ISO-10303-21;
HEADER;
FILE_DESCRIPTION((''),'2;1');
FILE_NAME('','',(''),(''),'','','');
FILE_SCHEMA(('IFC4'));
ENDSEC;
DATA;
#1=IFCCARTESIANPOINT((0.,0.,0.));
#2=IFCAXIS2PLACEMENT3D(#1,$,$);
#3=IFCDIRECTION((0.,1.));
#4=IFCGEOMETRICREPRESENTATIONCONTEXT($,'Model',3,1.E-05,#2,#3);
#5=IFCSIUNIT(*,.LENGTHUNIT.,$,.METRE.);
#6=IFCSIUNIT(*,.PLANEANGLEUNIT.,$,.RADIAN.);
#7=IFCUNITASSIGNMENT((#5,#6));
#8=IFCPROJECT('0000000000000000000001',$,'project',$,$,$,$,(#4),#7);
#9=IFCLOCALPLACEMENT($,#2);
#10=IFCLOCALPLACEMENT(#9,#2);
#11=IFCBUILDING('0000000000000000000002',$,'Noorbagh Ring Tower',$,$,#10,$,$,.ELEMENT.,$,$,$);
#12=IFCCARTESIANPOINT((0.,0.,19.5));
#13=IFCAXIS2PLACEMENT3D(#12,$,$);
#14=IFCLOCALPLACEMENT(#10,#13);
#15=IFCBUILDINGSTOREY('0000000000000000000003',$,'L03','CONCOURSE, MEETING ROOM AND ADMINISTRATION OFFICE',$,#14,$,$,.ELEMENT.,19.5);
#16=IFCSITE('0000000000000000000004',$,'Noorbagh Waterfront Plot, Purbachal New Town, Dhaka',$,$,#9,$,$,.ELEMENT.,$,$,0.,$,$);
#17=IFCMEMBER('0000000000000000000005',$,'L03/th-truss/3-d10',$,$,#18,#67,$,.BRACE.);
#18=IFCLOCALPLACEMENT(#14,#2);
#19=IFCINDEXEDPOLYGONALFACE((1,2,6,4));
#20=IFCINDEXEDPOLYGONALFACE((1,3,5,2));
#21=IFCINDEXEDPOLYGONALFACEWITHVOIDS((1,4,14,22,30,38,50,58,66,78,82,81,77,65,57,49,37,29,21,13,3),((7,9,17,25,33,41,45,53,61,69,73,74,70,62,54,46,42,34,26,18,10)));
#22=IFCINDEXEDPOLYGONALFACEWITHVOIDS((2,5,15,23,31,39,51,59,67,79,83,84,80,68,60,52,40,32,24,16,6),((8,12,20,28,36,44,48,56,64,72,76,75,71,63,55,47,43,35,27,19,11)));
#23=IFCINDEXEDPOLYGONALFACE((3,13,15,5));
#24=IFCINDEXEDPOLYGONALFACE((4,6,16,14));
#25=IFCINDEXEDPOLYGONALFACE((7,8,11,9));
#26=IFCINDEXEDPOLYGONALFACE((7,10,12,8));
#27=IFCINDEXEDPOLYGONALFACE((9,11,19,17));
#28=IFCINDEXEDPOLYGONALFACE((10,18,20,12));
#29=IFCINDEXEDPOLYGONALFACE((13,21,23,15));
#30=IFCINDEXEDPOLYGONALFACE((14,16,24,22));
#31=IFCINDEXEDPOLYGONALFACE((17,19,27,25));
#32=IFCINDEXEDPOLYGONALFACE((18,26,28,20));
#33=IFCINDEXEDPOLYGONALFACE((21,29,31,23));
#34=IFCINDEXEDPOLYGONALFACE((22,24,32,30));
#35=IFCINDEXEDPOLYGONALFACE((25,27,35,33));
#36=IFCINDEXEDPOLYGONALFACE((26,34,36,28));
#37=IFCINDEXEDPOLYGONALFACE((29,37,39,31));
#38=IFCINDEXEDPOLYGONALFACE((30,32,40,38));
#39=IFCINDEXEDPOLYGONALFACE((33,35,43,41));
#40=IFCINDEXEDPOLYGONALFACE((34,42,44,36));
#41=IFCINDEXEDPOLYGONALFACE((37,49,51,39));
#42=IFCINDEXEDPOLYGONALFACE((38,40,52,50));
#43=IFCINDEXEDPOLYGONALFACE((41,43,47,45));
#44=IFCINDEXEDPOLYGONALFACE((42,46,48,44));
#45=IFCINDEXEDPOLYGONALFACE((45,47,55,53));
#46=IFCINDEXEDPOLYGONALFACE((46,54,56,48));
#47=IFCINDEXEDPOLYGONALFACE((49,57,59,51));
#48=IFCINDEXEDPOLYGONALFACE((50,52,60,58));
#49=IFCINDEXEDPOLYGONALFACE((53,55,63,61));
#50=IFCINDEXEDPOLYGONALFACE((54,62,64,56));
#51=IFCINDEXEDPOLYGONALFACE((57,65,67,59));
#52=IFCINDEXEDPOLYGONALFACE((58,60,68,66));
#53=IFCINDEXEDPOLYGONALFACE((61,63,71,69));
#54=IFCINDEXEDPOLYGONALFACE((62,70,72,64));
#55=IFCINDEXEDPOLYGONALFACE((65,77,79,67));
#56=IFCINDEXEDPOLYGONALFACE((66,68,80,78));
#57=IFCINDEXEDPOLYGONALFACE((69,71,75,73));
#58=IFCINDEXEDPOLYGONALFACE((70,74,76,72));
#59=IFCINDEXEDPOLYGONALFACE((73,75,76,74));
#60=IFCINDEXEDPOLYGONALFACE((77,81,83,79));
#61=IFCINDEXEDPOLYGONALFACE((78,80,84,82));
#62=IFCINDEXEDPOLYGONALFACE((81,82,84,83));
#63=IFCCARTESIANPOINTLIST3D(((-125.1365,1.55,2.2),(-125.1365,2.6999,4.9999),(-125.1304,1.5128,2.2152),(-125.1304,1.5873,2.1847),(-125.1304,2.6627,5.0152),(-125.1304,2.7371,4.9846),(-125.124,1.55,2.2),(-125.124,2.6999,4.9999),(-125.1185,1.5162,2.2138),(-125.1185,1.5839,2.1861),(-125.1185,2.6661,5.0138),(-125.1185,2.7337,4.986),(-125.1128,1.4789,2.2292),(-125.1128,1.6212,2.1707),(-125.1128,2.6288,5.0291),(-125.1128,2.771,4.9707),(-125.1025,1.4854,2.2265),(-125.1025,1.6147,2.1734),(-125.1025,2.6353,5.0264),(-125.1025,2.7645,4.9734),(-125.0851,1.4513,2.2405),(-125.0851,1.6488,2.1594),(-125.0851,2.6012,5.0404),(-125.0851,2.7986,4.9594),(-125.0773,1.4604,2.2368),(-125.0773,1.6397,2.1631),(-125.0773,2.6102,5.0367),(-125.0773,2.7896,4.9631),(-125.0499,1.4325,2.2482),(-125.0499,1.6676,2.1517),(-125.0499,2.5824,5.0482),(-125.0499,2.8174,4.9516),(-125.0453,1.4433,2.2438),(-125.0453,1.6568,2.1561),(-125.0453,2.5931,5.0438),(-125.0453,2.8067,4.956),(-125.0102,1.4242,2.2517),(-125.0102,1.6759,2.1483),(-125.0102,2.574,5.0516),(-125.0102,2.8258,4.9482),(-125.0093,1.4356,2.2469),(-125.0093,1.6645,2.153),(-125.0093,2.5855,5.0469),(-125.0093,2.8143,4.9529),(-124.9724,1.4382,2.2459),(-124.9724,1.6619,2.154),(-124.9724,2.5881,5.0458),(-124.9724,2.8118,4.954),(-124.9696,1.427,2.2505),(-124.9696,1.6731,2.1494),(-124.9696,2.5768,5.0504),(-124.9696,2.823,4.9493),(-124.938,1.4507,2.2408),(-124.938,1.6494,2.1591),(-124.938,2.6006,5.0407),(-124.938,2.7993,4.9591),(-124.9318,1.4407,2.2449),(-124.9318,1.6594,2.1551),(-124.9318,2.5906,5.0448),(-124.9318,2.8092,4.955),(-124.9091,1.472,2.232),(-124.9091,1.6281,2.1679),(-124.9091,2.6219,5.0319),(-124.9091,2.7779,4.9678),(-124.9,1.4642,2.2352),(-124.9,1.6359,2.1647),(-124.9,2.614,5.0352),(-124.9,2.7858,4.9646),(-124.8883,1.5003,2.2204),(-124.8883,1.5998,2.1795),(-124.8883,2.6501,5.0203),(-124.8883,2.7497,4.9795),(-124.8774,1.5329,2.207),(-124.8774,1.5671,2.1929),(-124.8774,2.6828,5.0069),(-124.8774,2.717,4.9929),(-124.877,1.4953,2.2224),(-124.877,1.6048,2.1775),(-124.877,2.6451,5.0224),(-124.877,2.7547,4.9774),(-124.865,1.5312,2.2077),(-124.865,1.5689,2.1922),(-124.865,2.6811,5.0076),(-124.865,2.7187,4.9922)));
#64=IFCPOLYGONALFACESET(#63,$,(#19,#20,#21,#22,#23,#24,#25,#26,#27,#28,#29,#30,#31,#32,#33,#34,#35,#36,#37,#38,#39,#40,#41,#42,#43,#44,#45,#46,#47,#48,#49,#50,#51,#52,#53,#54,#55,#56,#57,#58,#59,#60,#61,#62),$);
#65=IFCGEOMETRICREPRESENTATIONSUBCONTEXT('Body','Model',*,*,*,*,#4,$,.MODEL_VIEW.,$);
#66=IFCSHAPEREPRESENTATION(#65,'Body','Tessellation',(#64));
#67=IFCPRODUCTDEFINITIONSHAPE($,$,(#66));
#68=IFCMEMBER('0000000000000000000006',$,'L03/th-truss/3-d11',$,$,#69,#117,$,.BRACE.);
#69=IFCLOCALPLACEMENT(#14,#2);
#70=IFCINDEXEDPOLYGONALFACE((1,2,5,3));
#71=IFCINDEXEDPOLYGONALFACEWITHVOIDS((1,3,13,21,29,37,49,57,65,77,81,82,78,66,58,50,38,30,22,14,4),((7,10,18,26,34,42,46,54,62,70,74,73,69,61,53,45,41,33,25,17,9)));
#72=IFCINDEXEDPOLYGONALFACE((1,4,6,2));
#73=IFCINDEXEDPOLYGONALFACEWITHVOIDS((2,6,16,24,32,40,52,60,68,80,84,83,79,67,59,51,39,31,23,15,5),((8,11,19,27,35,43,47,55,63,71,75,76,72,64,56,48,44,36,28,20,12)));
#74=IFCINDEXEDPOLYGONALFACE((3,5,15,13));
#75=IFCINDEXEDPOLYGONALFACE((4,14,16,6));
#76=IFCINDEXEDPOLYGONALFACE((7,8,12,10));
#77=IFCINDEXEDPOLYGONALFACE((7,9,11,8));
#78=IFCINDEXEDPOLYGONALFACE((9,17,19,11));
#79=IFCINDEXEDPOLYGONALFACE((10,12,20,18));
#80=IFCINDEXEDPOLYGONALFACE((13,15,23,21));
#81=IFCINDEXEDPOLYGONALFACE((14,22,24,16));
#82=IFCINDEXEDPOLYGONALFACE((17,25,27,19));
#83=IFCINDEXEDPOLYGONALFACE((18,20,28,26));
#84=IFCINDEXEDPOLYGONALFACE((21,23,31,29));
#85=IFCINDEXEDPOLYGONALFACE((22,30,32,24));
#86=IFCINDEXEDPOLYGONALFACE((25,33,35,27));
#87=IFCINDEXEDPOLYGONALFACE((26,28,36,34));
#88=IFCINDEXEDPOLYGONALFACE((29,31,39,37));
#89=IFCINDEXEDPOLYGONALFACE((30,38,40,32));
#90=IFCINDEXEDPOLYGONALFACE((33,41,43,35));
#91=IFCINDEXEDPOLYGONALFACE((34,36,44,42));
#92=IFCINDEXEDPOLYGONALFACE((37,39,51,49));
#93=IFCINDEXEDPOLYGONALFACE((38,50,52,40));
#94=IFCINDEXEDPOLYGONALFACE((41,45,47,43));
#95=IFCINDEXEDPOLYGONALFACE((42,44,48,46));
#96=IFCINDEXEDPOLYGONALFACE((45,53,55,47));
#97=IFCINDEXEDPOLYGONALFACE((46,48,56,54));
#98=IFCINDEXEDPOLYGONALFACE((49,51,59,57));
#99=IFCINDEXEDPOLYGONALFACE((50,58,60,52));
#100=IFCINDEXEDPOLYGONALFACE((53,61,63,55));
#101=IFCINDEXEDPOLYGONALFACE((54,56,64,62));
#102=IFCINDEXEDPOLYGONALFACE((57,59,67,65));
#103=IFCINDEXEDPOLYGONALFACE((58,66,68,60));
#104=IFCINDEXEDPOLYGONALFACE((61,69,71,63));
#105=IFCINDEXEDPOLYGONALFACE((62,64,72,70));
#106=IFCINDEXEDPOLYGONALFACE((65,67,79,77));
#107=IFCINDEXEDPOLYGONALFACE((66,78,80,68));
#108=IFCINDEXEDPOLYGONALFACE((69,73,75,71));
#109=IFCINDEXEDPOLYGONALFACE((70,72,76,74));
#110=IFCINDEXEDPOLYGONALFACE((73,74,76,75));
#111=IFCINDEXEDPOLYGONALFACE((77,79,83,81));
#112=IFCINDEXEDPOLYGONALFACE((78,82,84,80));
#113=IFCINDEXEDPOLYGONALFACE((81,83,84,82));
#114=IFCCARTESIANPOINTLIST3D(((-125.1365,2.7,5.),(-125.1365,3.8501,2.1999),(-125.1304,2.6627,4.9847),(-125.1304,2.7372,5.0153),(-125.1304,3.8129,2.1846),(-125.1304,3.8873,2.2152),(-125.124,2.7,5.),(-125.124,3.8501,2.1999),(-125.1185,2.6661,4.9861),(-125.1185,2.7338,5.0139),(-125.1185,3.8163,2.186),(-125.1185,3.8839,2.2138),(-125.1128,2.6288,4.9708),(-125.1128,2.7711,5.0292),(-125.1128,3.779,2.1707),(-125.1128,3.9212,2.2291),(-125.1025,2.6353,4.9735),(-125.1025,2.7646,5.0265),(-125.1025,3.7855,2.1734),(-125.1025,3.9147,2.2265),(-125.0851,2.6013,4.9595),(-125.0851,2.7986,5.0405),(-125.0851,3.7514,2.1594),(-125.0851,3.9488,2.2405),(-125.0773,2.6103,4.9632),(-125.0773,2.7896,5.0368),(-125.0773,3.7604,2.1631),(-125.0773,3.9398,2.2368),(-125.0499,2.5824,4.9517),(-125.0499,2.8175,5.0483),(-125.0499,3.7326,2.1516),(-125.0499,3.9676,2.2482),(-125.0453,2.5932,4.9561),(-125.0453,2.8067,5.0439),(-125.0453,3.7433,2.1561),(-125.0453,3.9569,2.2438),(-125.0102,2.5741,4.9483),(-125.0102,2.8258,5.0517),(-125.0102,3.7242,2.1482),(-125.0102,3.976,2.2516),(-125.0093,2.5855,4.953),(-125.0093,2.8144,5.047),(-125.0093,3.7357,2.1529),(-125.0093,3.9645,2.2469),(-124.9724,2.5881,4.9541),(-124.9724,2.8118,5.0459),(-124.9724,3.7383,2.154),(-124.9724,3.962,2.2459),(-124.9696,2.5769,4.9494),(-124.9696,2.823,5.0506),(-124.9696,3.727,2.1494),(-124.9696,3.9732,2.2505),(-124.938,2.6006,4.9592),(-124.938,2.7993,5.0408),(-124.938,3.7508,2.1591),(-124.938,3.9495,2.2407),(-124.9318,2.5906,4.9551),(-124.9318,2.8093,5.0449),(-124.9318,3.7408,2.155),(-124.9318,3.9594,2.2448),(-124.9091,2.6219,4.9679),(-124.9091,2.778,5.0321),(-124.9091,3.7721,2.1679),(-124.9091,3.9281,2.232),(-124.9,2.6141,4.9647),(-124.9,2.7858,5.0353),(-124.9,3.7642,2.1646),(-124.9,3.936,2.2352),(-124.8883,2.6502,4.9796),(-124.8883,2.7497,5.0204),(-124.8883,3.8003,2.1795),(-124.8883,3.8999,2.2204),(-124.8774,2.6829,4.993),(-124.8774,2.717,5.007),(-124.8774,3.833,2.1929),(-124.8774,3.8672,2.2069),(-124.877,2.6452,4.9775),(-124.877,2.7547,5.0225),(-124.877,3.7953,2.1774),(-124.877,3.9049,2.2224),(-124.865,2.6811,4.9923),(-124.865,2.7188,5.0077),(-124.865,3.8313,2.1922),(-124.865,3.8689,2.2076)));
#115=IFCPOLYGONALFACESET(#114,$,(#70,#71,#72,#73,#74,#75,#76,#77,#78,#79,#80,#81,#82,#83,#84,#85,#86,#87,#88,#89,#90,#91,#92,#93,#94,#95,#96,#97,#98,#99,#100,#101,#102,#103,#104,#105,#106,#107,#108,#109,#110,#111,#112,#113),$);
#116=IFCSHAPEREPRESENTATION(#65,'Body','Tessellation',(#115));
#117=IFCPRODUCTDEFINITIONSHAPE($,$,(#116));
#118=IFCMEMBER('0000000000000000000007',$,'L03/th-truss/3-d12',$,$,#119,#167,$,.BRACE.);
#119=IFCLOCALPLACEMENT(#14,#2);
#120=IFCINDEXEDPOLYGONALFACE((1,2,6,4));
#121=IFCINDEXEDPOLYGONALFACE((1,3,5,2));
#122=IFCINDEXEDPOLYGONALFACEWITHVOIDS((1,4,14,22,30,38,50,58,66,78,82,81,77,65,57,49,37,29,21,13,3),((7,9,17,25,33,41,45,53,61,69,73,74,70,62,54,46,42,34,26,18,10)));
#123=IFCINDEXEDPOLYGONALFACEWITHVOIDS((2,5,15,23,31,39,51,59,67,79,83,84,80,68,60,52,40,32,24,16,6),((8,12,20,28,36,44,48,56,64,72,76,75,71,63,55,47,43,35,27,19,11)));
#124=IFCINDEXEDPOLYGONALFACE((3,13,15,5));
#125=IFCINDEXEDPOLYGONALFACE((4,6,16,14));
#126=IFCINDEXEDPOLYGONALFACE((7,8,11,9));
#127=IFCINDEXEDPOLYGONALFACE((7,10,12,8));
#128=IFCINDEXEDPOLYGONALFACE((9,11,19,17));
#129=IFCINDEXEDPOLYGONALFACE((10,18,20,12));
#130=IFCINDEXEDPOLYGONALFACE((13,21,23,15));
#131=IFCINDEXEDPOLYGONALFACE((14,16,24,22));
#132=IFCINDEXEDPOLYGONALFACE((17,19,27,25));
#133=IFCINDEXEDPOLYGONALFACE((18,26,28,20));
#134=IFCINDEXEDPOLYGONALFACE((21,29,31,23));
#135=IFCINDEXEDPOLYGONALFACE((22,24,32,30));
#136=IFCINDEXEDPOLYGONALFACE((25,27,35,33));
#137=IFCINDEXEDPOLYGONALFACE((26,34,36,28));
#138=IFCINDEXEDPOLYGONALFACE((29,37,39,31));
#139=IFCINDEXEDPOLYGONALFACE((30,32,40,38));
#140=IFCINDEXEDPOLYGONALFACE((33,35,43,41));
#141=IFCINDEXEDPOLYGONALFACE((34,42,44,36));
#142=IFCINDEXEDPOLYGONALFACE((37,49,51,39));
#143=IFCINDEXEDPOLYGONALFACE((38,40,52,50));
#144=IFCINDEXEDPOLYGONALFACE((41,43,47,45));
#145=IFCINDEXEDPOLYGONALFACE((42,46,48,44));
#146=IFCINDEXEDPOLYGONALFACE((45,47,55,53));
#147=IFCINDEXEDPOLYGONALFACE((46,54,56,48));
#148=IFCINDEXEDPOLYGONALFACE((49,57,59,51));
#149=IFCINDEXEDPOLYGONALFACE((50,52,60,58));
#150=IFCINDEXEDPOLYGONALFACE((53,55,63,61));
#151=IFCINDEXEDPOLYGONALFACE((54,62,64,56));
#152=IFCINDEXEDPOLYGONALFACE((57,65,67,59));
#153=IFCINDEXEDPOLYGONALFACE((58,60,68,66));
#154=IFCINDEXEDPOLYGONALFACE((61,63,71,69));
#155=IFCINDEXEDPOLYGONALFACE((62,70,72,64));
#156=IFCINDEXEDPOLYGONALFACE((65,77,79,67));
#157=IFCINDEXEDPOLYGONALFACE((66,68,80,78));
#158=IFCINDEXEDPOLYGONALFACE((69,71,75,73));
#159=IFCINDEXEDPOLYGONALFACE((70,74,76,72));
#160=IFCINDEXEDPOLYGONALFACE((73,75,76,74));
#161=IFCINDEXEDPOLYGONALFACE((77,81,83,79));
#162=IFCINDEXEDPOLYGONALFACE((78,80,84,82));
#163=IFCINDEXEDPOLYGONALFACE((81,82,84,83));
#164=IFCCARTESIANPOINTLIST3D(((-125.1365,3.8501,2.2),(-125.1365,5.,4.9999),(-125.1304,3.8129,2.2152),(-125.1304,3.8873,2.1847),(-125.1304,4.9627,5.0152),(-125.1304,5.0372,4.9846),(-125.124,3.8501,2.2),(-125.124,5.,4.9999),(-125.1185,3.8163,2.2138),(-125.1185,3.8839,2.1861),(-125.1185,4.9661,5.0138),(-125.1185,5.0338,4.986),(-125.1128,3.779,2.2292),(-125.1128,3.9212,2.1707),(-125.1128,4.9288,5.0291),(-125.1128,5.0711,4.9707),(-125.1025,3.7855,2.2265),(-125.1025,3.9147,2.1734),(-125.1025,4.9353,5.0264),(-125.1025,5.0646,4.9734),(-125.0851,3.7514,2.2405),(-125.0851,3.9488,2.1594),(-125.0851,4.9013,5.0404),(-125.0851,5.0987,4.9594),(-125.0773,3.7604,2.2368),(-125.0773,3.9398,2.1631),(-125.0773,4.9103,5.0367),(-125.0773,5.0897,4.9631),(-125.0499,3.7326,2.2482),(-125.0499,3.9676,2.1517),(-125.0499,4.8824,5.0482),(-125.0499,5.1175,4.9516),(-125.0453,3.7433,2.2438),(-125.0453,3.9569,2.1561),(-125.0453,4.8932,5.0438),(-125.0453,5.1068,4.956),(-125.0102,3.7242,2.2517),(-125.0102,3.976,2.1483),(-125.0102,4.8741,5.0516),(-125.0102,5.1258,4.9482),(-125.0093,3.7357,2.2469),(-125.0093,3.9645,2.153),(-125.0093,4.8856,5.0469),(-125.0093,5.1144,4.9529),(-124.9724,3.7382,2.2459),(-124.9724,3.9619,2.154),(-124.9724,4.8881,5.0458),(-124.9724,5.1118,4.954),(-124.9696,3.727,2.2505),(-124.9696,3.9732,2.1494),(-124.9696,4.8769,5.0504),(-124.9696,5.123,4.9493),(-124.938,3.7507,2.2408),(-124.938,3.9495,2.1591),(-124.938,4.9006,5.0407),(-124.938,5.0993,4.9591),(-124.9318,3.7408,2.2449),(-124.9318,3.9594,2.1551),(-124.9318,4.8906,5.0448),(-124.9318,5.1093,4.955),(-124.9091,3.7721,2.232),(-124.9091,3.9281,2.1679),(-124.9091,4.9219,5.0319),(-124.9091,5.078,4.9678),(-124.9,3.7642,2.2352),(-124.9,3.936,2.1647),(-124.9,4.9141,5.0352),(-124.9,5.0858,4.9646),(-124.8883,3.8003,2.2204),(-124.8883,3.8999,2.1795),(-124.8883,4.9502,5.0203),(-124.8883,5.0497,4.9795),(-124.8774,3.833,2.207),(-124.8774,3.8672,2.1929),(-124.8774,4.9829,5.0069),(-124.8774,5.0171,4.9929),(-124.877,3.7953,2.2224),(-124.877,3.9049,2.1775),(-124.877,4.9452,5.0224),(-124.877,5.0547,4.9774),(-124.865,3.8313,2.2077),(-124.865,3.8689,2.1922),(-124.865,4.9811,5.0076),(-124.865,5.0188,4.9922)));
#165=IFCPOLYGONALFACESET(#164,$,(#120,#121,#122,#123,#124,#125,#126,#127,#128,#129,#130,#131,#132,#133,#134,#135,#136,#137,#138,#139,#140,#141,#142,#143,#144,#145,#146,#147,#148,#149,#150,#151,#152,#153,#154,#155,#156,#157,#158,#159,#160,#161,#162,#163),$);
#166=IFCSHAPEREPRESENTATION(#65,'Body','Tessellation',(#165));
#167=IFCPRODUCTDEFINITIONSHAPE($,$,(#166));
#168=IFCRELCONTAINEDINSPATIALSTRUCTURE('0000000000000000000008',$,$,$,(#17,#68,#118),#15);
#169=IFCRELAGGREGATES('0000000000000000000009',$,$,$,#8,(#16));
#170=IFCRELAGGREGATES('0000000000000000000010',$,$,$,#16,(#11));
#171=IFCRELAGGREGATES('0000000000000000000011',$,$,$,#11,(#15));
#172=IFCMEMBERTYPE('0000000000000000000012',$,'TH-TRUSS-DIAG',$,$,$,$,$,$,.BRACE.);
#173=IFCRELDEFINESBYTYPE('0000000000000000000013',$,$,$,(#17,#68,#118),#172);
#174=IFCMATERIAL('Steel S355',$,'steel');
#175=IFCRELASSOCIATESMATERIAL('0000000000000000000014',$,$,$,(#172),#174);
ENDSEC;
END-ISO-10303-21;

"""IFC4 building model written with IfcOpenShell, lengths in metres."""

from ifc_helpers import new_model, si_unit, direction, frame, origin, origin_2d, place, context, subcontext, project, spatial, hollow_circle, extrude, material, material_profile, profile_set, type_object, element, save


model = new_model("IFC4")

# Units and contexts
model_context = context("Model", 3, precision=1e-05, world=origin(), true_north=direction((0.0, 1.0)))
body_context = subcontext(model_context, "Body", "Model", "MODEL_VIEW")
ifc_project = project(units=[si_unit("LENGTHUNIT", "METRE"), si_unit("PLANEANGLEUNIT", "RADIAN")], contexts=[model_context])

# Site, building, storey
site_placement = place(None, origin())
site = spatial("IfcSite", under=ifc_project, at=site_placement, Name="Noorbagh Waterfront Plot, Purbachal New Town, Dhaka", CompositionType="ELEMENT", RefElevation=0.0)
building_placement = place(site_placement, origin())
building = spatial("IfcBuilding", under=site, at=building_placement, Name="Noorbagh Ring Tower", CompositionType="ELEMENT")
storey_placement = place(building_placement, frame((0.0, 0.0, 19.5)))
storey = spatial("IfcBuildingStorey", under=building, at=storey_placement, Name="L03", Description="CONCOURSE, MEETING ROOM AND ADMINISTRATION OFFICE", CompositionType="ELEMENT", Elevation=19.5)

# Members
ifc_material_1 = material(Name="Steel S355", Category="steel")
ifc_material_profile = material_profile(ifc_material_1, hollow_circle(Radius=0.1365, WallThickness=0.0125, at=origin_2d()), Name="CHS273x12.5")
ifc_profile_set = profile_set([ifc_material_profile], Name="Steel S355")
member_type = type_object("IfcMemberType", Name="TH-TRUSS-DIAG", PredefinedType="BRACE", material=ifc_profile_set)
member_1_placement = place(storey_placement, frame((-125.0, 1.55, 2.2), z_axis=(0.0, 0.379886, 0.925033), x_axis=(-1.0, 0.0, 0.0)))
element("IfcMember", 1, at=member_1_placement, inside=storey, type_object=member_type, Name="L03/th-truss/3-d10", PredefinedType="BRACE", context=body_context, shape_type="SweptSolid", body=[
    extrude(hollow_circle(Radius=0.1365, WallThickness=0.0125, at=origin_2d()), origin(), (0.0, 0.0, 1.0), 3.0269),
])
member_2_placement = place(storey_placement, frame((-125.0, 2.7, 5.0), z_axis=(0.0, 0.379955, -0.925005), x_axis=(-1.0, 0.0, 0.0)))
element("IfcMember", 2, at=member_2_placement, inside=storey, type_object=member_type, Name="L03/th-truss/3-d11", PredefinedType="BRACE", context=body_context, shape_type="SweptSolid", body=[
    extrude(hollow_circle(Radius=0.1365, WallThickness=0.0125, at=origin_2d()), origin(), (0.0, 0.0, 1.0), 3.0271),
])
for number, where, z_axis, x_axis, name in (
    (3, (-125.0, 3.8501, 2.2), (0.0, 0.379886, 0.925033), (-1.0, 0.0, 0.0), "L03/th-truss/3-d12"),
):
    element("IfcMember", number, at=place(storey_placement, frame(where, z_axis=z_axis, x_axis=x_axis)), inside=storey, type_object=member_type, Name=name, PredefinedType="BRACE", context=body_context, shape_type="SweptSolid", body=[
        extrude(hollow_circle(Radius=0.1365, WallThickness=0.0125, at=origin_2d()), origin(), (0.0, 0.0, 1.0), 3.0269),
    ])

save(model, "model.ifc")
